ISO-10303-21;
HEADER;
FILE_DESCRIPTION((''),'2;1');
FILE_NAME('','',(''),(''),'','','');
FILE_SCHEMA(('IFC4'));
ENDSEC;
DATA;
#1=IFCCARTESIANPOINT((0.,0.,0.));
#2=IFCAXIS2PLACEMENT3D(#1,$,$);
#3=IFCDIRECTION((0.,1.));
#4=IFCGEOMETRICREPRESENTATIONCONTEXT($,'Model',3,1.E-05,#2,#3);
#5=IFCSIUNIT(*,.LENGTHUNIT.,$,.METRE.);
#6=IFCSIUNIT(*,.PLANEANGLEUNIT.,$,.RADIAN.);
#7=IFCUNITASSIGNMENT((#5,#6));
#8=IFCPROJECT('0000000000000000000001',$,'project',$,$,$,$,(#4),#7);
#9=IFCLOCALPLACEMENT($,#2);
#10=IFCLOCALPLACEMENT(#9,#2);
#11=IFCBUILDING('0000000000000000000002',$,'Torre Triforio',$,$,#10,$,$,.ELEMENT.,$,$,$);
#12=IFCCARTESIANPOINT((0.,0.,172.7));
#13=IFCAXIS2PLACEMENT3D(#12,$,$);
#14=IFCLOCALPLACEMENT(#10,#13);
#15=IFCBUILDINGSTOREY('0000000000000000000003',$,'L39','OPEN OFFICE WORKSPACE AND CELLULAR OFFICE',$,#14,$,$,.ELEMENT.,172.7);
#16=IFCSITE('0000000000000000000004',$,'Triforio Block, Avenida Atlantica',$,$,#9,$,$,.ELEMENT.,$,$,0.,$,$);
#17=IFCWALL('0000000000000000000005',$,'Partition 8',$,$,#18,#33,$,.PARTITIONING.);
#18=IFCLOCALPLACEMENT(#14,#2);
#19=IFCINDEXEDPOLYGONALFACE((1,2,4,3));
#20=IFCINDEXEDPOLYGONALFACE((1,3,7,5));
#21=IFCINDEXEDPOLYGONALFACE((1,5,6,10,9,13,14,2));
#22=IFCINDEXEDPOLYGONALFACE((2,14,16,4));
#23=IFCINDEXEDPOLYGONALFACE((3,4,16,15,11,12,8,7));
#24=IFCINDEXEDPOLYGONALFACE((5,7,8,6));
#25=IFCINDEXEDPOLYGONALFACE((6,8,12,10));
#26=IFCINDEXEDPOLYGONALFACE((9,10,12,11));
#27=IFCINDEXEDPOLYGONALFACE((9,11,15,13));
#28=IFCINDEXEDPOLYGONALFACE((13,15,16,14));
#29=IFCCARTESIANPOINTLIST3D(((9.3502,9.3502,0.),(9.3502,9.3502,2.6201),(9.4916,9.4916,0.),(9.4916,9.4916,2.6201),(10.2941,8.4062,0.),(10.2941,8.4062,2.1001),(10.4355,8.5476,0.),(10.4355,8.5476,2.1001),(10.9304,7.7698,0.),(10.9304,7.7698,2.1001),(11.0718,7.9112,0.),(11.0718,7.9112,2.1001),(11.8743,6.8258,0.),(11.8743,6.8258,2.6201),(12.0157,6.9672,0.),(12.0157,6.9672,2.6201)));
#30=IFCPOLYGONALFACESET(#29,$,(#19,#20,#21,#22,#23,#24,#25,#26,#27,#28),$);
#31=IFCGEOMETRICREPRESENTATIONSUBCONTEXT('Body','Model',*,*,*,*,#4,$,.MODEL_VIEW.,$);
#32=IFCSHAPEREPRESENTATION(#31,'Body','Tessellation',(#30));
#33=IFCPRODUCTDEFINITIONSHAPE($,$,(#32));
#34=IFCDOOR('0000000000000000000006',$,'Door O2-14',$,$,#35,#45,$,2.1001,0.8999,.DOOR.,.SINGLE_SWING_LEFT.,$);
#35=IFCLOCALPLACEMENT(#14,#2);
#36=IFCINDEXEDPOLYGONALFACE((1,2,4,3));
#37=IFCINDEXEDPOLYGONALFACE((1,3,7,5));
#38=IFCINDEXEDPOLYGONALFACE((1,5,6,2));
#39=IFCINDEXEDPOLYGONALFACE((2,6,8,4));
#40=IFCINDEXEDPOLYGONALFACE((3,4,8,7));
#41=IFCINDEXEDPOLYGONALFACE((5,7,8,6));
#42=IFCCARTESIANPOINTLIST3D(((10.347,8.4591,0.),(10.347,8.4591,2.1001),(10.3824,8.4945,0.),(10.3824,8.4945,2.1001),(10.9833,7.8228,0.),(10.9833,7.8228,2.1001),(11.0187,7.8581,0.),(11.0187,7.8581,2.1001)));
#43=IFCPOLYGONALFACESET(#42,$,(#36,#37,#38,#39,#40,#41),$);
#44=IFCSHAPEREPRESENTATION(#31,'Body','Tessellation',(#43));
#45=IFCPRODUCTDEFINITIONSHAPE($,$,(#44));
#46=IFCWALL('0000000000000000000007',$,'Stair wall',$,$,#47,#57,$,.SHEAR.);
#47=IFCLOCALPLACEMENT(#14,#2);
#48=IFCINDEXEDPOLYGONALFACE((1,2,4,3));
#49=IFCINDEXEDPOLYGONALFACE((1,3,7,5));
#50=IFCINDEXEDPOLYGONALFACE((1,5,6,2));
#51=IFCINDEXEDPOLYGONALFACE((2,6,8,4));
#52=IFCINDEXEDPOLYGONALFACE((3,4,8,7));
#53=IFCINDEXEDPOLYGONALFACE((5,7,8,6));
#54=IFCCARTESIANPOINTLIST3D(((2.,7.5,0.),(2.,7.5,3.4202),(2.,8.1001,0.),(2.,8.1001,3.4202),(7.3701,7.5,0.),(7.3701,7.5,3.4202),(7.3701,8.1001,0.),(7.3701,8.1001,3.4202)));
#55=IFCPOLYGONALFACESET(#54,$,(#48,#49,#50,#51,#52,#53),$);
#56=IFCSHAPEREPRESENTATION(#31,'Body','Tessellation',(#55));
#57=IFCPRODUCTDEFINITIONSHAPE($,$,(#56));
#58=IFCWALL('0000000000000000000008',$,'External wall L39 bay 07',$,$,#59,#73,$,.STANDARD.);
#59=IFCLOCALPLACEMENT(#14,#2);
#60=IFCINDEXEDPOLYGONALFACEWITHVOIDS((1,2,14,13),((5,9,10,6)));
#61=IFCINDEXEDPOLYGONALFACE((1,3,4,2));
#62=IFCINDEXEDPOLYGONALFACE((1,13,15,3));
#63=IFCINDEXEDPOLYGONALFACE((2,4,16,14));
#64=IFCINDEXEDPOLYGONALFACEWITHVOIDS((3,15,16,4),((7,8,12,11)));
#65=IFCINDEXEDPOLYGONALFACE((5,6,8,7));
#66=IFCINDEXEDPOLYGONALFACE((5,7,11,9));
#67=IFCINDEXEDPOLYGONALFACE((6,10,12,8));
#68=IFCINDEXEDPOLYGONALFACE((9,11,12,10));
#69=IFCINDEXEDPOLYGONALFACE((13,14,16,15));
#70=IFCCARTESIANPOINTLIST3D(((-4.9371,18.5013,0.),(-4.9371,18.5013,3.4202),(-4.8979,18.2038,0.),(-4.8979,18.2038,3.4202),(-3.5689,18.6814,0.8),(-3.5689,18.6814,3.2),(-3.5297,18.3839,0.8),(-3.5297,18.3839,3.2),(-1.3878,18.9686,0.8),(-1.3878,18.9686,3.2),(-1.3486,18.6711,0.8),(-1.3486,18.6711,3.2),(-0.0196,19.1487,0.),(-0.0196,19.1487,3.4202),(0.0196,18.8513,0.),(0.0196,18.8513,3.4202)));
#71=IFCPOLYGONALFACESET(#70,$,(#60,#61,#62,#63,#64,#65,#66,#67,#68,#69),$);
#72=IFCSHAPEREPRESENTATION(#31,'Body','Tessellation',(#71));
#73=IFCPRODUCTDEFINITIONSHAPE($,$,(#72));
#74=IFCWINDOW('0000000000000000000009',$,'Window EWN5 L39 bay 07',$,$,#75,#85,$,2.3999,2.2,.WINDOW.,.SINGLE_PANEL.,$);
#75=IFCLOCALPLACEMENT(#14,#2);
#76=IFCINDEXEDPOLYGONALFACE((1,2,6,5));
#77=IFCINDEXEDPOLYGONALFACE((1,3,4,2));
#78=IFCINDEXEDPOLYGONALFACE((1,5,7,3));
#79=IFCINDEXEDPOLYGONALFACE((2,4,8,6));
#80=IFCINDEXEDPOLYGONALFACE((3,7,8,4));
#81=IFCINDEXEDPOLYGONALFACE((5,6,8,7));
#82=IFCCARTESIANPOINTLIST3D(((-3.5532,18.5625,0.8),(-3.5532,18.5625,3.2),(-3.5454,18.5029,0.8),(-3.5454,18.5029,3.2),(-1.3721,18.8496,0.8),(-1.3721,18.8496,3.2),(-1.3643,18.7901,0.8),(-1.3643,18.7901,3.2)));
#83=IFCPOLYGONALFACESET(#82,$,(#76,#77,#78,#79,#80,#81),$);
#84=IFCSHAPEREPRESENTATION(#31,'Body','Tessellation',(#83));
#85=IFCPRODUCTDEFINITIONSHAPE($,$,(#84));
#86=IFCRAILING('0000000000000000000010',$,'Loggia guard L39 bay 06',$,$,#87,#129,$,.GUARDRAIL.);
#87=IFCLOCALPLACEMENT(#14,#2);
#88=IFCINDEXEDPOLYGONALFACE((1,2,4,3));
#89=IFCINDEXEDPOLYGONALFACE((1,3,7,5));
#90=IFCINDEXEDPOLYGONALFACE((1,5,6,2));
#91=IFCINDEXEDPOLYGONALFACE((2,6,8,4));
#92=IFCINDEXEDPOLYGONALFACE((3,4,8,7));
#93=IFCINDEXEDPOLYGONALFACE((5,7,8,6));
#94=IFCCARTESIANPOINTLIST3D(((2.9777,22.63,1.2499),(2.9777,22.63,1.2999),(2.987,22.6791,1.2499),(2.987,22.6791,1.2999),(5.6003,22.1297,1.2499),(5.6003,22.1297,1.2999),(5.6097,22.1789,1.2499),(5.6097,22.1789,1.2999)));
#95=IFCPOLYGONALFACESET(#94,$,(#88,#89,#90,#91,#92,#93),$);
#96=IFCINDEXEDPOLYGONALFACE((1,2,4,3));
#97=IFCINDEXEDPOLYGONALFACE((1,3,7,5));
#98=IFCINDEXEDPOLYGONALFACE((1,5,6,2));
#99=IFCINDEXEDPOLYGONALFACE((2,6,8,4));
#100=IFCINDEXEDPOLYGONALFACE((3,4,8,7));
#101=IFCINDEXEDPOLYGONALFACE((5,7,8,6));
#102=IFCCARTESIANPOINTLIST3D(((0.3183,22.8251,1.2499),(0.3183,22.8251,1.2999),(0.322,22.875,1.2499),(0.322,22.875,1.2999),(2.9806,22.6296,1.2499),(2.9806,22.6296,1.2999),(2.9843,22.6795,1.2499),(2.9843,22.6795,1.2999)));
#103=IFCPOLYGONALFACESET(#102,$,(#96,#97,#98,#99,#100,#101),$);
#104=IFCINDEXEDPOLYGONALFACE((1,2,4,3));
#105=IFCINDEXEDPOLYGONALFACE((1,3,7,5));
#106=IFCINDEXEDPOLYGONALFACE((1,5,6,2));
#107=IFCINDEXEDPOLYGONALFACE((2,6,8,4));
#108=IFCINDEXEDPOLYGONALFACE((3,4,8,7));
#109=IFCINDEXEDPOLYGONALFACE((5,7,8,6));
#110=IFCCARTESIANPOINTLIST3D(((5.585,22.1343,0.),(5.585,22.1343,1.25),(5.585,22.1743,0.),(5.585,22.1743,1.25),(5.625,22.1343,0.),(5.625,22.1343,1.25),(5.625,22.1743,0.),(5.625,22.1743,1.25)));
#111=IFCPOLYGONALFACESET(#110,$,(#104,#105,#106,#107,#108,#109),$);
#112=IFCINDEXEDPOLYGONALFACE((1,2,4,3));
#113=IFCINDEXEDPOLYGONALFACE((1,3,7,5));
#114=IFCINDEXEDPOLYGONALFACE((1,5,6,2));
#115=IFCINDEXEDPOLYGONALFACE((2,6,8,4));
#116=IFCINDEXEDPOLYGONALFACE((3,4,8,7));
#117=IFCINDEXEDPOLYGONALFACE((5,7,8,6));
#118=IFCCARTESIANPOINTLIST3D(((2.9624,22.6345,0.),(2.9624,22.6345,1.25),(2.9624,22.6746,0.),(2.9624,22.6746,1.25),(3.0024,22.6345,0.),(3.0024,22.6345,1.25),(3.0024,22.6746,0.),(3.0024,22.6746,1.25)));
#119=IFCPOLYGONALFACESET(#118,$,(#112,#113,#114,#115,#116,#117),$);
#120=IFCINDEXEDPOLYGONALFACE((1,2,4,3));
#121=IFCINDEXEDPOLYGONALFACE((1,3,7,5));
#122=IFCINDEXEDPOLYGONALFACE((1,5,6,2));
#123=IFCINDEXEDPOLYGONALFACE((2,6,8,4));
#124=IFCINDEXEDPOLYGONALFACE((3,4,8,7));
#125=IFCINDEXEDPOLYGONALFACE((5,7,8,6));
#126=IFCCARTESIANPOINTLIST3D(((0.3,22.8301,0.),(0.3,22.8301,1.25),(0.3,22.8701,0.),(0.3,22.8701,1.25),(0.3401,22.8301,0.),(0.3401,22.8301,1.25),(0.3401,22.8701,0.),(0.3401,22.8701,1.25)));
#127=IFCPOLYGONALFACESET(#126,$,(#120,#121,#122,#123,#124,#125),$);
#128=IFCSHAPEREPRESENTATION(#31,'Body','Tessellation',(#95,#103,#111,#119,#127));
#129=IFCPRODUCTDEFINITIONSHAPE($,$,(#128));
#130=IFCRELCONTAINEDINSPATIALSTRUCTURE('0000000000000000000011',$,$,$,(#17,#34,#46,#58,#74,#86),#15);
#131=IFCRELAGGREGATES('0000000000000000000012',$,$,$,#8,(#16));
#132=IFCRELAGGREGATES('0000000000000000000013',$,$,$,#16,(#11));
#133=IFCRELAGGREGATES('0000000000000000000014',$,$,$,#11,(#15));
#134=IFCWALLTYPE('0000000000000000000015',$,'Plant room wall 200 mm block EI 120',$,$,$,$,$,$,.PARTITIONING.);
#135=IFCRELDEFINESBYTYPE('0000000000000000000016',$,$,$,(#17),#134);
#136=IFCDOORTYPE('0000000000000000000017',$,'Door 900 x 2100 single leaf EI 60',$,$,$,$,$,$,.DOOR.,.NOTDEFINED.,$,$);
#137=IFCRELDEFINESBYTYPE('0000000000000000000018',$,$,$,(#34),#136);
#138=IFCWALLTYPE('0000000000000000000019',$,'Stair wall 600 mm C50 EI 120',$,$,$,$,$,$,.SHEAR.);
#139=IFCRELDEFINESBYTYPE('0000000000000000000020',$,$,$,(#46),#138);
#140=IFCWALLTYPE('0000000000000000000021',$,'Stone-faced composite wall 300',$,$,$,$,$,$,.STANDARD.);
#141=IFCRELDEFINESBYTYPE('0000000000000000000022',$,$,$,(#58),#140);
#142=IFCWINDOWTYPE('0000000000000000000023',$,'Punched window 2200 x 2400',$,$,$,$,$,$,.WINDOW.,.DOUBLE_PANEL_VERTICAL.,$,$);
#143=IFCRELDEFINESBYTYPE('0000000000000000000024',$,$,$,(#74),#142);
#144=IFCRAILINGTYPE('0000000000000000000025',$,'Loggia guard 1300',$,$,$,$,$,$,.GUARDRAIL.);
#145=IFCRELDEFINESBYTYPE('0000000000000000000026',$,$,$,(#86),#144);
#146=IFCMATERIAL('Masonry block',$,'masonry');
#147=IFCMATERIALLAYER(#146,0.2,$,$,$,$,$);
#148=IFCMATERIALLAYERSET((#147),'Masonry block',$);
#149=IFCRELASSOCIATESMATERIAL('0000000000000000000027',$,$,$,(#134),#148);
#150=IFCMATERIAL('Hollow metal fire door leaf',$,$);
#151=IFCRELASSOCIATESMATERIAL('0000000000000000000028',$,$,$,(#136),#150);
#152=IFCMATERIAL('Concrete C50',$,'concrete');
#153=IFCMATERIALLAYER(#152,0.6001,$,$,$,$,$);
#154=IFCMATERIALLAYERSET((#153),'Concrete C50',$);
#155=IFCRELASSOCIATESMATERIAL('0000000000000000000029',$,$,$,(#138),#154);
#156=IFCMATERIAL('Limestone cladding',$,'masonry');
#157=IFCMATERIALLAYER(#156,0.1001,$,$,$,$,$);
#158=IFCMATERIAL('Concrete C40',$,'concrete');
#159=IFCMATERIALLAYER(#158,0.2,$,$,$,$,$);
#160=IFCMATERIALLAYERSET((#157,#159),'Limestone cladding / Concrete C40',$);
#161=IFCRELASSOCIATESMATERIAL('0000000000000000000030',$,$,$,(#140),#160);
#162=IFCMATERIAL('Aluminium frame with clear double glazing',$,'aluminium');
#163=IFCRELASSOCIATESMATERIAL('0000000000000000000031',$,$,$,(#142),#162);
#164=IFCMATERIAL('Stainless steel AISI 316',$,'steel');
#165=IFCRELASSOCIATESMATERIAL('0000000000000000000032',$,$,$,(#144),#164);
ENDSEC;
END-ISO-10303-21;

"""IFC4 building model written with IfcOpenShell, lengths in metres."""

from ifc_helpers import new_model, si_unit, direction, frame, frame_2d, origin, origin_2d, place, context, subcontext, project, spatial, rectangle, extrude, material, layer, layer_set, type_object, element, fill, save


model = new_model("IFC4")

# Units and contexts
model_context = context("Model", 3, precision=1e-05, world=origin(), true_north=direction((0.0, 1.0)))
body_context = subcontext(model_context, "Body", "Model", "MODEL_VIEW")
ifc_project = project(units=[si_unit("LENGTHUNIT", "METRE"), si_unit("PLANEANGLEUNIT", "RADIAN")], contexts=[model_context])

# Site, building, storey
site_placement = place(None, origin())
site = spatial("IfcSite", under=ifc_project, at=site_placement, Name="Triforio Block, Avenida Atlantica", CompositionType="ELEMENT", RefElevation=0.0)
building_placement = place(site_placement, origin())
building = spatial("IfcBuilding", under=site, at=building_placement, Name="Torre Triforio", CompositionType="ELEMENT")
storey_placement = place(building_placement, frame((0.0, 0.0, 172.7)))
storey = spatial("IfcBuildingStorey", under=building, at=storey_placement, Name="L39", Description="OPEN OFFICE WORKSPACE AND CELLULAR OFFICE", CompositionType="ELEMENT", Elevation=172.7)

# Shared definitions
ifc_material_1 = material(Name="Concrete C50", Category="concrete")

# Shared definitions
ifc_material_2 = material(Name="Concrete C40", Category="concrete")

# Shared definitions
ifc_material_3 = material(Name="Hollow metal fire door leaf")

# Wall, opening, door
ifc_material_4 = material(Name="Masonry block", Category="masonry")
ifc_layer_1 = layer(ifc_material_4, 0.2)
ifc_layer_set_1 = layer_set([ifc_layer_1], Name="Masonry block")
wall_type_1 = type_object("IfcWallType", Name="Plant room wall 200 mm block EI 120", PredefinedType="PARTITIONING", material=ifc_layer_set_1)
wall_1_placement = place(storey_placement, frame((9.4209, 9.4209, 0.0), z_axis=(0.0, 0.0, 1.0), x_axis=(0.707073, -0.707141, 0.0)))
wall_1 = element("IfcWall", 1, at=wall_1_placement, inside=storey, type_object=wall_type_1, Name="Partition 8", PredefinedType="PARTITIONING", context=body_context, shape_type="SweptSolid", body=[
    extrude(rectangle(XDim=3.5698, YDim=0.2, at=frame_2d((1.7849, 0.0))), origin(), (0.0, 0.0, 1.0), 2.6201),
])
opening_1_placement = place(wall_1_placement, frame((1.335, 0.0, 0.0)))
opening_1 = element("IfcOpeningElement", 2, at=opening_1_placement, cuts=wall_1, PredefinedType="OPENING", context=body_context, shape_type="SweptSolid", body=[
    extrude(rectangle(XDim=0.8999, YDim=2.1001, at=frame_2d((0.45, 1.05))), frame((0.0, 0.1099, 0.0), z_axis=(0.0, -1.0, 0.0), x_axis=(1.0, 0.0, 0.0)), (0.0, 0.0, 1.0), 0.22),
])
door_type_1 = type_object("IfcDoorType", Name="Door 900 x 2100 single leaf EI 60", OperationType="NOTDEFINED", PredefinedType="DOOR", material=ifc_material_3)
door_1_placement = place(opening_1_placement, origin())
door_1 = element("IfcDoor", 3, at=door_1_placement, inside=storey, type_object=door_type_1, Name="Door O2-14", OperationType="SINGLE_SWING_LEFT", OverallHeight=2.1001, OverallWidth=0.8999, PredefinedType="DOOR", context=body_context, shape_type="SweptSolid", body=[
    extrude(rectangle(XDim=0.8999, YDim=2.1001, at=frame_2d((0.45, 1.05))), frame((0.0, 0.0249, 0.0), z_axis=(0.0, -1.0, 0.0), x_axis=(1.0, 0.0, 0.0)), (0.0, 0.0, 1.0), 0.05),
])
fill(opening_1, door_1)

# Wall
ifc_layer_2 = layer(ifc_material_1, 0.6001)
ifc_layer_set_2 = layer_set([ifc_layer_2], Name="Concrete C50")
wall_type_2 = type_object("IfcWallType", Name="Stair wall 600 mm C50 EI 120", PredefinedType="SHEAR", material=ifc_layer_set_2)
wall_2_placement = place(storey_placement, frame((2.0, 7.8, 0.0), z_axis=(0.0, 0.0, 1.0), x_axis=(1.0, 0.0, 0.0)))
element("IfcWall", 4, at=wall_2_placement, inside=storey, type_object=wall_type_2, Name="Stair wall", PredefinedType="SHEAR", context=body_context, shape_type="SweptSolid", body=[
    extrude(rectangle(XDim=5.3701, YDim=0.6001, at=frame_2d((2.6851, 0.0))), origin(), (0.0, 0.0, 1.0), 3.4202),
])

# Shared definitions
ifc_material_5 = material(Name="Limestone cladding", Category="masonry")
ifc_layer_3 = layer(ifc_material_5, 0.1001)
ifc_layer_4 = layer(ifc_material_2, 0.2)
ifc_layer_set_3 = layer_set([ifc_layer_3, ifc_layer_4], Name="Limestone cladding / Concrete C40")
wall_type_3 = type_object("IfcWallType", Name="Stone-faced composite wall 300", PredefinedType="STANDARD", material=ifc_layer_set_3)
ifc_material_6 = material(Name="Aluminium frame with clear double glazing", Category="aluminium")

# Wall, opening, window
wall_3_placement = place(storey_placement, frame((0.0, 19.0, 0.0), z_axis=(0.0, 0.0, 1.0), x_axis=(-0.991443, -0.130539, 0.0)))
wall_3 = element("IfcWall", 5, at=wall_3_placement, inside=storey, type_object=wall_type_3, Name="External wall L39 bay 07", PredefinedType="STANDARD", context=body_context, shape_type="SweptSolid", body=[
    extrude(rectangle(XDim=4.96, YDim=0.3, at=frame_2d((2.48, 0.0))), origin(), (0.0, 0.0, 1.0), 3.4202),
])
opening_2_placement = place(wall_3_placement, frame((1.3799, 0.0, 0.8)))
opening_2 = element("IfcOpeningElement", 6, at=opening_2_placement, cuts=wall_3, PredefinedType="OPENING", context=body_context, shape_type="SweptSolid", body=[
    extrude(rectangle(XDim=2.2, YDim=2.3999, at=frame_2d((1.1001, 1.2))), frame((0.0, 0.1599, 0.0), z_axis=(0.0, -1.0, 0.0), x_axis=(1.0, 0.0, 0.0)), (0.0, 0.0, 1.0), 0.3201),
])
window_type_1 = type_object("IfcWindowType", Name="Punched window 2200 x 2400", PartitioningType="DOUBLE_PANEL_VERTICAL", PredefinedType="WINDOW", material=ifc_material_6)
window_1_placement = place(opening_2_placement, origin())
window_1 = element("IfcWindow", 7, at=window_1_placement, inside=storey, type_object=window_type_1, Name="Window EWN5 L39 bay 07", OverallHeight=2.3999, OverallWidth=2.2, PartitioningType="SINGLE_PANEL", PredefinedType="WINDOW", context=body_context, shape_type="SweptSolid", body=[
    extrude(rectangle(XDim=2.2, YDim=2.3999, at=frame_2d((1.1001, 1.2))), frame((0.0, 0.03, 0.0), z_axis=(0.0, -1.0, 0.0), x_axis=(1.0, 0.0, 0.0)), (0.0, 0.0, 1.0), 0.0601),
])
fill(opening_2, window_1)

# Railing
ifc_material_7 = material(Name="Stainless steel AISI 316", Category="steel")
railing_type = type_object("IfcRailingType", Name="Loggia guard 1300", PredefinedType="GUARDRAIL", material=ifc_material_7)
railing_placement = place(storey_placement, frame((5.605, 22.1543, 0.0)))
element("IfcRailing", 8, at=railing_placement, inside=storey, type_object=railing_type, Name="Loggia guard L39 bay 06", PredefinedType="GUARDRAIL", context=body_context, shape_type="SweptSolid", body=[
    extrude(rectangle(XDim=0.05, YDim=0.05, at=origin_2d()), frame((0.0, 0.0, 1.2749), z_axis=(-0.98229, 0.187368, 0.0), x_axis=(-0.187368, -0.98229, 0.0)), (0.0, 0.0, 1.0), 2.6699),
    extrude(rectangle(XDim=0.05, YDim=0.05, at=origin_2d()), frame((-2.6226, 0.5002, 1.2749), z_axis=(-0.997313, 0.073255, 0.0), x_axis=(-0.073255, -0.997313, 0.0)), (0.0, 0.0, 1.0), 2.6694),
    extrude(rectangle(XDim=0.04, YDim=0.04, at=origin_2d()), origin(), (0.0, 0.0, 1.0), 1.25),
    extrude(rectangle(XDim=0.04, YDim=0.04, at=origin_2d()), frame((-2.6226, 0.5002, 0.0)), (0.0, 0.0, 1.0), 1.25),
    extrude(rectangle(XDim=0.04, YDim=0.04, at=origin_2d()), frame((-5.2849, 0.6958, 0.0)), (0.0, 0.0, 1.0), 1.25),
])

save(model, "model.ifc")
